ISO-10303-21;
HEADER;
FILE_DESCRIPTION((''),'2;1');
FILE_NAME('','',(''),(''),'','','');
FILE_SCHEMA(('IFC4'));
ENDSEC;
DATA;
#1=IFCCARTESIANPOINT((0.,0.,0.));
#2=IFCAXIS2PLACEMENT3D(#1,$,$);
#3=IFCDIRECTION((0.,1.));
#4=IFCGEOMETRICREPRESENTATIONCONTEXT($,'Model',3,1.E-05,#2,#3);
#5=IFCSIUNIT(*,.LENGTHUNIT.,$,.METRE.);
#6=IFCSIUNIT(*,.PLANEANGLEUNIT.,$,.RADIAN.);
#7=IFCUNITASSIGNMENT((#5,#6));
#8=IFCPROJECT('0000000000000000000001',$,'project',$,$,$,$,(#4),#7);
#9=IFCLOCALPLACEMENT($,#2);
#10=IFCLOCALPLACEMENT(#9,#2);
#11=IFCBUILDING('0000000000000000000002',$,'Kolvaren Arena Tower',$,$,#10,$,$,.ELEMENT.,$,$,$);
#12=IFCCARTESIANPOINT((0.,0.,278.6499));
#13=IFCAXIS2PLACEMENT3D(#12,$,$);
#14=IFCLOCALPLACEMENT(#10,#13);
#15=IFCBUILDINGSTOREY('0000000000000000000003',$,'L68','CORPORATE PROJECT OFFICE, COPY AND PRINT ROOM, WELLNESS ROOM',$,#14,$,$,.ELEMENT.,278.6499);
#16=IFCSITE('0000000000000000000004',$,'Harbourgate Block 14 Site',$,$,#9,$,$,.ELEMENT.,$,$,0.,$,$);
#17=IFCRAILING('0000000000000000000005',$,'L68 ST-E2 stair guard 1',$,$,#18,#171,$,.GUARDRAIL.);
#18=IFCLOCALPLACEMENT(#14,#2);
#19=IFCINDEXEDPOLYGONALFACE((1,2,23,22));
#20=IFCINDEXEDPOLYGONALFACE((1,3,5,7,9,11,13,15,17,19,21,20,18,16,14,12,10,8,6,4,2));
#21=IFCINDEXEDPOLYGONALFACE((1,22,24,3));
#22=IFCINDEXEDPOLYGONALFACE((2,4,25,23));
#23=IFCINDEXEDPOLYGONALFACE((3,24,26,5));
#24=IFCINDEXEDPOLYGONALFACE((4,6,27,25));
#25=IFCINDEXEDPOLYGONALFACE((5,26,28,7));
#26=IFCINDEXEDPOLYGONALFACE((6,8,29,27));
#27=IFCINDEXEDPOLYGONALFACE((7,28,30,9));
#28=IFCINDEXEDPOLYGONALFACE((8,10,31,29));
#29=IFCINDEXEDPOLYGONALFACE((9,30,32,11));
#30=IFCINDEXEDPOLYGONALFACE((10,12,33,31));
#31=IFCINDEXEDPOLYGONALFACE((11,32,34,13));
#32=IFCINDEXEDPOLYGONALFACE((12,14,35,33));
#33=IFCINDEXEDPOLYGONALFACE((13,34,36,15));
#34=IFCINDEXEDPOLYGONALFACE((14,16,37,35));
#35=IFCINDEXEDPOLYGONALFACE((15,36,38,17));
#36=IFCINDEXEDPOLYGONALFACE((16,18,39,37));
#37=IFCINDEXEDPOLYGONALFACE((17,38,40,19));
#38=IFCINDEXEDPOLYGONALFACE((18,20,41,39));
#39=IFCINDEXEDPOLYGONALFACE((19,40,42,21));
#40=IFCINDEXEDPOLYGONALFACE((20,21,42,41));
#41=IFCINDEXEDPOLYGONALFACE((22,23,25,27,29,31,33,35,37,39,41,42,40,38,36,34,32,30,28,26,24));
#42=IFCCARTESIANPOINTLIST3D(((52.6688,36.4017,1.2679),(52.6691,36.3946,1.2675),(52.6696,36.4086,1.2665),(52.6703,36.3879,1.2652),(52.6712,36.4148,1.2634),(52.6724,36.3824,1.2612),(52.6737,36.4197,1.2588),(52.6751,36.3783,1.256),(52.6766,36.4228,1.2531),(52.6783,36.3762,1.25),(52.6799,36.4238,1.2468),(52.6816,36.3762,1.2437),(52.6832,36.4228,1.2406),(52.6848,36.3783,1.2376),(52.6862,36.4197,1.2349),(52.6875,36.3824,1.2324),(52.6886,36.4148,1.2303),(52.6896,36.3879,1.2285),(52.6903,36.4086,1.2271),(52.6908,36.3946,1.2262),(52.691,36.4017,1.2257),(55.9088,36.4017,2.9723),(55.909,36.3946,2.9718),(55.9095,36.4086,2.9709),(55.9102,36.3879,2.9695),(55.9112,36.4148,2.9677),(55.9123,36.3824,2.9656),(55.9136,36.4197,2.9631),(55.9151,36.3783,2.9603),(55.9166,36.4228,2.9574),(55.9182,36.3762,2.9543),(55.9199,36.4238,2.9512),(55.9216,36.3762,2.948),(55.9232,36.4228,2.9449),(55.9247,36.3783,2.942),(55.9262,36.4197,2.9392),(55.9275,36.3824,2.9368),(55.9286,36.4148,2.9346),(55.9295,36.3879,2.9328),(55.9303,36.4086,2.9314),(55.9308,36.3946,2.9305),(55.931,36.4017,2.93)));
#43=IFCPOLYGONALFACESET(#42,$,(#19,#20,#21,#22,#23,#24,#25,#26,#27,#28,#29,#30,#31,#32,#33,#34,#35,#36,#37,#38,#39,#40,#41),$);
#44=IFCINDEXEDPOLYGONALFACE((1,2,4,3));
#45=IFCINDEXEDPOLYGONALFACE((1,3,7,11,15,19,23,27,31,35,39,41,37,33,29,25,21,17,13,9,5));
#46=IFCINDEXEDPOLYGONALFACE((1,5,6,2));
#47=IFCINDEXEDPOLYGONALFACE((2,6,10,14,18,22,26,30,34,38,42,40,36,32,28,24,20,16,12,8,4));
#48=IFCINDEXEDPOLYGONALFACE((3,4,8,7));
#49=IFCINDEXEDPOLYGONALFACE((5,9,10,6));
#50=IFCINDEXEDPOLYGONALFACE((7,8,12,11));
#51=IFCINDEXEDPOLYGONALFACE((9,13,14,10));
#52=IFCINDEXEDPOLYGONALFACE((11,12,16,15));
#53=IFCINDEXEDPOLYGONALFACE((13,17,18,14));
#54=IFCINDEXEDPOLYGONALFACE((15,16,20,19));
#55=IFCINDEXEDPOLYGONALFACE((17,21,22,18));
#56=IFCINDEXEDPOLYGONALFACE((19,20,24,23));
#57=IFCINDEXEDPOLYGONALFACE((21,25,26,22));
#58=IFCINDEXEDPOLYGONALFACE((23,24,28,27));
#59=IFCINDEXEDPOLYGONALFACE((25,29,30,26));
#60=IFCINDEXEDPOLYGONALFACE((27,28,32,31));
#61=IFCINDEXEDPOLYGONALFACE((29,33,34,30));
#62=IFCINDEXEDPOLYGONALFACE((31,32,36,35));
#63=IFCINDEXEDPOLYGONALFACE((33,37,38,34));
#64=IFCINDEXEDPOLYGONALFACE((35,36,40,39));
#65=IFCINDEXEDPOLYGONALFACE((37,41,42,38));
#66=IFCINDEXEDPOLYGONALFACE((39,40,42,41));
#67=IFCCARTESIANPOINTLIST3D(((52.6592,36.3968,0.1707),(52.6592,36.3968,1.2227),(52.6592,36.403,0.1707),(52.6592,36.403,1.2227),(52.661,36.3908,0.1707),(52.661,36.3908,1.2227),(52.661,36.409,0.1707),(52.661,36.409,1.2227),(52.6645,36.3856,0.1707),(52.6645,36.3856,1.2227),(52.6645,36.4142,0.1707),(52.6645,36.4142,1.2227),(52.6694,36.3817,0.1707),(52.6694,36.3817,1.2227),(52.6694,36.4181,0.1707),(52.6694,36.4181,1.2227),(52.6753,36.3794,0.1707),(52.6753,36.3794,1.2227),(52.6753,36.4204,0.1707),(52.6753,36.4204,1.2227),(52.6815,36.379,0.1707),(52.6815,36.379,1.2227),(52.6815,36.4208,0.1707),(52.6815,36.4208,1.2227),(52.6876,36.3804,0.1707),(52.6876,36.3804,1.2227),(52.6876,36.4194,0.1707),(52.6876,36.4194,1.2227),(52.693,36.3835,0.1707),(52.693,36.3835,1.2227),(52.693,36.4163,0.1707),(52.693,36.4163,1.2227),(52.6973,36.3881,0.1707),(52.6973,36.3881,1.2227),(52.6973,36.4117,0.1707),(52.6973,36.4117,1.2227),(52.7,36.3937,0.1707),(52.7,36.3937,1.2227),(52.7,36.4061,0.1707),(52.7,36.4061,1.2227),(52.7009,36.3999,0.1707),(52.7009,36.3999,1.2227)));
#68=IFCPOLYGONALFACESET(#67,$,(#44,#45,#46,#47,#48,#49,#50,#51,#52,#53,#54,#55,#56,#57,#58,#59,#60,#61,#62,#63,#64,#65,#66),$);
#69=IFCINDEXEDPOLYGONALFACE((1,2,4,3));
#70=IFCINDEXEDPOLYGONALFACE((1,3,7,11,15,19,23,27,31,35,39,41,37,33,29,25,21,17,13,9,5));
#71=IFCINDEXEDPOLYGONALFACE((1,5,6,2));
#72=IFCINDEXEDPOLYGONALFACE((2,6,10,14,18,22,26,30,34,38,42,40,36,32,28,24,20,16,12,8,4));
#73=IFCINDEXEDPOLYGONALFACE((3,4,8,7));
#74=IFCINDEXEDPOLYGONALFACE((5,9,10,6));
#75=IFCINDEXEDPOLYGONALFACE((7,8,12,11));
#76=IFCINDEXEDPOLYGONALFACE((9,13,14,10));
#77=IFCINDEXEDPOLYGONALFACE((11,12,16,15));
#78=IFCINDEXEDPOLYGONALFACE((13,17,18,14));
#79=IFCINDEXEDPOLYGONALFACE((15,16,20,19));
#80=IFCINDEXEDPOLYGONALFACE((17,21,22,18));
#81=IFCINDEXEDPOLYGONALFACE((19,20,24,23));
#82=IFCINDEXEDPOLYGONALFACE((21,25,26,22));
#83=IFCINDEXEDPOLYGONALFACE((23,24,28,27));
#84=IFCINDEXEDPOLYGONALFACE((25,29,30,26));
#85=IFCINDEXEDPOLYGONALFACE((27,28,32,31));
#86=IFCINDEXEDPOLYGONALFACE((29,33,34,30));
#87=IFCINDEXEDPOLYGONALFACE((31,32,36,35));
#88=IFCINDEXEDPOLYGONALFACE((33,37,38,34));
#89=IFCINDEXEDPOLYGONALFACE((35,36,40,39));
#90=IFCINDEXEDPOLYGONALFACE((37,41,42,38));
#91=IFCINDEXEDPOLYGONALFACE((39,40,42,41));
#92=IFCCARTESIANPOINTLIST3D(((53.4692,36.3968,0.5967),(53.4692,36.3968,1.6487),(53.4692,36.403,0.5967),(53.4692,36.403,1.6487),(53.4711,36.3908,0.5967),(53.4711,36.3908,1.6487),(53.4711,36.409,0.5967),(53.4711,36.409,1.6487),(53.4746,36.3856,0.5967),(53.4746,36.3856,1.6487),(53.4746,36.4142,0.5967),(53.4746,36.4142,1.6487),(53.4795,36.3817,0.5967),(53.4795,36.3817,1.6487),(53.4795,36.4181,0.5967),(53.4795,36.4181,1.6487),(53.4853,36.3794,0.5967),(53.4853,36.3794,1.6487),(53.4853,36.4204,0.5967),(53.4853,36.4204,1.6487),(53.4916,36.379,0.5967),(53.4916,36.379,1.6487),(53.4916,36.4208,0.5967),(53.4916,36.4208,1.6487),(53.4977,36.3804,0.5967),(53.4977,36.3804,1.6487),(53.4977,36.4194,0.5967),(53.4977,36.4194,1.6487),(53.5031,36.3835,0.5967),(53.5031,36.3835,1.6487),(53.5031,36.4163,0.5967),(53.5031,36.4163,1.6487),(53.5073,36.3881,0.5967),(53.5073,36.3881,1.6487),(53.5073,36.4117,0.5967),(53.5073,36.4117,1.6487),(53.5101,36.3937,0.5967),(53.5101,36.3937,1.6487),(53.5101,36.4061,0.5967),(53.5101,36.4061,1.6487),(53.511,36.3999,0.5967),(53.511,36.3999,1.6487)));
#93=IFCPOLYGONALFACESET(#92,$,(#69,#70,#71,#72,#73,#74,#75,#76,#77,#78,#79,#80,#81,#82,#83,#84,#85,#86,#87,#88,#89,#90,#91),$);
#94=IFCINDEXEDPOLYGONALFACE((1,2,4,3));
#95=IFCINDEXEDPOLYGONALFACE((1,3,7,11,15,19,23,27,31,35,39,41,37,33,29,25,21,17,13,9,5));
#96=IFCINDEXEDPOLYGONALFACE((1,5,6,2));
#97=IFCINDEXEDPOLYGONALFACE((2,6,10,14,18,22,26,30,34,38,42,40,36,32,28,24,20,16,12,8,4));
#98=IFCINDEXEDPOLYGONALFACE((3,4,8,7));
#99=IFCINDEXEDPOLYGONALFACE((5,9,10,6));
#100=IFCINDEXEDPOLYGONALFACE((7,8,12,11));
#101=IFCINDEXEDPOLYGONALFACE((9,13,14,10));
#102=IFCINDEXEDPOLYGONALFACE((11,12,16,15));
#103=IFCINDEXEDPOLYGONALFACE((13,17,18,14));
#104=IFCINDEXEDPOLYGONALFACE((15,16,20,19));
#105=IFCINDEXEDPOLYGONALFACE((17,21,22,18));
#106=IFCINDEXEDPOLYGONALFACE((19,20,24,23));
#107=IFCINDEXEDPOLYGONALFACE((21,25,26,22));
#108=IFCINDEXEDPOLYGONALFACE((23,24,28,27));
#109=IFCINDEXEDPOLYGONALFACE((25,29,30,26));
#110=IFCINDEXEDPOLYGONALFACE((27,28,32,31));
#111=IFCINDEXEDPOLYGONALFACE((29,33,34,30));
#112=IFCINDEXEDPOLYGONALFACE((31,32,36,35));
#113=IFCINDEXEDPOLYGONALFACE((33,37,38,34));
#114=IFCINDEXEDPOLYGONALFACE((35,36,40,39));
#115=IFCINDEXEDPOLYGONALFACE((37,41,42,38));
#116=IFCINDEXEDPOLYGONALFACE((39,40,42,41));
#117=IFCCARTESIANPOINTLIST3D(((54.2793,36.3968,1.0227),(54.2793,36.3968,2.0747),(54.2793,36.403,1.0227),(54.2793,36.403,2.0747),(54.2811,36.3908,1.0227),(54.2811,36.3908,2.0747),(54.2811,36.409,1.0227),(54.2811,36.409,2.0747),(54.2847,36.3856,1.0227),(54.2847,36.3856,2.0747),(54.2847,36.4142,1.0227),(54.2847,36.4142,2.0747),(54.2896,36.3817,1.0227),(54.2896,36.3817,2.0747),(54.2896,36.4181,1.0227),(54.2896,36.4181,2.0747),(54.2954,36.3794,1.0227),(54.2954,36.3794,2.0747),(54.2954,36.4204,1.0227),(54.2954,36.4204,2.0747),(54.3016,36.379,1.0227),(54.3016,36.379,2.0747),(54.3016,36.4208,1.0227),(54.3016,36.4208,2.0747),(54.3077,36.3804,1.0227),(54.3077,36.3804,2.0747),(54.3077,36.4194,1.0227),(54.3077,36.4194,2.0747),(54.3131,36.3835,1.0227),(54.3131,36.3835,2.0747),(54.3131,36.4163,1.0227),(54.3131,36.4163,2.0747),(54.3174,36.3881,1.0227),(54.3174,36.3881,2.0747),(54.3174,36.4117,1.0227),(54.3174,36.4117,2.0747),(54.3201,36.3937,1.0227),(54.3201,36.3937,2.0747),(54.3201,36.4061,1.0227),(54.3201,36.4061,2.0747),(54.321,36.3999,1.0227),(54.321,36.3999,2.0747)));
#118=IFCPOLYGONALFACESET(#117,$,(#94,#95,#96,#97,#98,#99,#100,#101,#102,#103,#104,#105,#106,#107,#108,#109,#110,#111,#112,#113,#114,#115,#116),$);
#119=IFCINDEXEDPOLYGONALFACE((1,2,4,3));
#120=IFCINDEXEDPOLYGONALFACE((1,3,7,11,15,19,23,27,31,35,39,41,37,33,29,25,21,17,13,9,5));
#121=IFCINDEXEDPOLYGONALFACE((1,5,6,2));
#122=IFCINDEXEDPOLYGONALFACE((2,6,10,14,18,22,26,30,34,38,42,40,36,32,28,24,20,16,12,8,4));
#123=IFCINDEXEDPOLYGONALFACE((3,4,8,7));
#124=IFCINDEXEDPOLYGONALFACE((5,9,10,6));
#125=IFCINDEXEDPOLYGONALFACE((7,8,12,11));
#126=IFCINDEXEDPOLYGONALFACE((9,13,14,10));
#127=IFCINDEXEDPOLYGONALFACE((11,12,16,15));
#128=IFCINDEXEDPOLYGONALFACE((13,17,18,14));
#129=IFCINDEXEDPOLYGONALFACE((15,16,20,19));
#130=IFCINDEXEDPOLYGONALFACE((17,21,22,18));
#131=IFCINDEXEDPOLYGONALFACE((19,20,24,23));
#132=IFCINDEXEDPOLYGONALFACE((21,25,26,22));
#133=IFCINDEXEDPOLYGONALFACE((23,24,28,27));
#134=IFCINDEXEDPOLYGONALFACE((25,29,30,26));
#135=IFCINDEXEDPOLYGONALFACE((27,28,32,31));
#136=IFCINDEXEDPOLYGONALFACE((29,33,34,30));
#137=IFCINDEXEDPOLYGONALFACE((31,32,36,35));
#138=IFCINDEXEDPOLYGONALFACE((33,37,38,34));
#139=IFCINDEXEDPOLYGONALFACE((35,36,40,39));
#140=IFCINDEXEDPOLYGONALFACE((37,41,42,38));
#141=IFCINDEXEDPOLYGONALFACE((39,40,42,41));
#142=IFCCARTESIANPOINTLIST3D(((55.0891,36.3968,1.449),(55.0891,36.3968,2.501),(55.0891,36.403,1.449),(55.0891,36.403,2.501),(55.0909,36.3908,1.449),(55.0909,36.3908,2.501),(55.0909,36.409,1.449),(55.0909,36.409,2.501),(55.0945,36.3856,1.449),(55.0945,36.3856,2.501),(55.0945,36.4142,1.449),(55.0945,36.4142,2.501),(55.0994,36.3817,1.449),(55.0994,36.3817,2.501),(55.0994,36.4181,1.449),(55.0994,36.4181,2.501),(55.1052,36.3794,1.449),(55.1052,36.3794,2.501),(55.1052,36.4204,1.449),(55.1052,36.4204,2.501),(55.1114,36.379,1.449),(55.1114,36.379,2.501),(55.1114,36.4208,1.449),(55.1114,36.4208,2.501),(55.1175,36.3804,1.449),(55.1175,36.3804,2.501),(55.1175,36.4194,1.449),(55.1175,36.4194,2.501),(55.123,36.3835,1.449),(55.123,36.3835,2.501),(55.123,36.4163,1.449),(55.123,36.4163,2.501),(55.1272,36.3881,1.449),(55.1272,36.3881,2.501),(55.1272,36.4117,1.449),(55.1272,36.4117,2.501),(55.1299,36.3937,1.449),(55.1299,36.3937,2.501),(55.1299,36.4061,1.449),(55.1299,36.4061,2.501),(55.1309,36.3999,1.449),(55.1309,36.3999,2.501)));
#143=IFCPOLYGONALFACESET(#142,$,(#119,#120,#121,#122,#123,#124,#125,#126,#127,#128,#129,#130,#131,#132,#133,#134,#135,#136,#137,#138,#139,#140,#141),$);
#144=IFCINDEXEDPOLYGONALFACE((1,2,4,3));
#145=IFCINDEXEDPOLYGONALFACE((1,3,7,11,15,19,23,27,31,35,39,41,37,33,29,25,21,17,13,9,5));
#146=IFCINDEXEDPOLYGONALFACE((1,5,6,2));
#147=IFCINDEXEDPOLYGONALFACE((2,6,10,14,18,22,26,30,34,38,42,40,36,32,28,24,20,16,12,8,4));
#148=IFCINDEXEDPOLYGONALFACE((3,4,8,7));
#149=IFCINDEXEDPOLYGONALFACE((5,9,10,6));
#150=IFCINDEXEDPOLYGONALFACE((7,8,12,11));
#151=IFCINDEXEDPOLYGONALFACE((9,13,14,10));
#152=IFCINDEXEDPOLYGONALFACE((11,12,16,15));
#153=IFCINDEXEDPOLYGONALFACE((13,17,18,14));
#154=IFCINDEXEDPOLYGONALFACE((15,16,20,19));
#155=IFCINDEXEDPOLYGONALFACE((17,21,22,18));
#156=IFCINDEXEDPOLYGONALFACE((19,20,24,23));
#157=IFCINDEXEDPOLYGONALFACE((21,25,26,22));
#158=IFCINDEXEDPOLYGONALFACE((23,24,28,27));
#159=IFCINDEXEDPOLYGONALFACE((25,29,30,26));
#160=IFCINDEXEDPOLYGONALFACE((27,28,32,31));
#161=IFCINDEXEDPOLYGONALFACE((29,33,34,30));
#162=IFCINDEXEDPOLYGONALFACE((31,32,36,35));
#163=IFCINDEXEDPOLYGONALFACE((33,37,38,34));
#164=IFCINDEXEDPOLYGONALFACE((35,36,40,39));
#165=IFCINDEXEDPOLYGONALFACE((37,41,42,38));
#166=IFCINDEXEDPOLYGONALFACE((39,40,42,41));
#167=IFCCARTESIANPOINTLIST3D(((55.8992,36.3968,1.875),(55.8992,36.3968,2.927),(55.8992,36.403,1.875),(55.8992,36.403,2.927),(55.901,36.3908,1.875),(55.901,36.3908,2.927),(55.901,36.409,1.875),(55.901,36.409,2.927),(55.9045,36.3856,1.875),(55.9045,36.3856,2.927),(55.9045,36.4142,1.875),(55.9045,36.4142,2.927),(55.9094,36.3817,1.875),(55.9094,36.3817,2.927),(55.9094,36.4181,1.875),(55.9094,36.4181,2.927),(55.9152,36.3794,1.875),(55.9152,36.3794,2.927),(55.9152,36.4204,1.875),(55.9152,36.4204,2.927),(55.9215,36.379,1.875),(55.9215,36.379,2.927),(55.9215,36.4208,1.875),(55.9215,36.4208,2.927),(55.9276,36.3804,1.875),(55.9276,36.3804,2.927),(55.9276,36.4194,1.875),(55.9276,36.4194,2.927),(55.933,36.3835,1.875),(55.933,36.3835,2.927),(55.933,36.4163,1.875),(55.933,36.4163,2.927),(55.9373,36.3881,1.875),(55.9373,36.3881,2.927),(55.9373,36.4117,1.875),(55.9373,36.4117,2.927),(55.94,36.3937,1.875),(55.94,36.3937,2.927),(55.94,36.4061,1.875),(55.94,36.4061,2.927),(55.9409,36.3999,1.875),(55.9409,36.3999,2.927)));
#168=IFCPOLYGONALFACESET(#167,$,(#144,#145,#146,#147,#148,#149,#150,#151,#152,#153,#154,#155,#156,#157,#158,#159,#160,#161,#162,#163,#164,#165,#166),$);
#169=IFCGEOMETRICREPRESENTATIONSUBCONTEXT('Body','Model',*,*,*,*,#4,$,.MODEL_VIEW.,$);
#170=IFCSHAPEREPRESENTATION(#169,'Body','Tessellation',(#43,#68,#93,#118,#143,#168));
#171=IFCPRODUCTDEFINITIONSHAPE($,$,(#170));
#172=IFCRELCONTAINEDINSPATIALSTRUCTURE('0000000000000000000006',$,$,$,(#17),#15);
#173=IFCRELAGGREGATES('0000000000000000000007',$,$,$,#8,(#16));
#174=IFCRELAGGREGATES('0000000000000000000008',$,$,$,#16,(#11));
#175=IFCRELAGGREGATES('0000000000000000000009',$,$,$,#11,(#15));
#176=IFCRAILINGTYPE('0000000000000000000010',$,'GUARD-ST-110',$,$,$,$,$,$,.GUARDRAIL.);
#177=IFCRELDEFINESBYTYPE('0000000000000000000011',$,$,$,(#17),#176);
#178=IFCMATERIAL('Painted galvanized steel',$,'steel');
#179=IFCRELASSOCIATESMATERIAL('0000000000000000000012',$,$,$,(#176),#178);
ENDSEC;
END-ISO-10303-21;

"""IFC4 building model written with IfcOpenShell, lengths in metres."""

from ifc_helpers import new_model, si_unit, direction, frame, origin, origin_2d, place, context, subcontext, project, spatial, circle, extrude, material, type_object, element, save


model = new_model("IFC4")

# Units and contexts
model_context = context("Model", 3, precision=1e-05, world=origin(), true_north=direction((0.0, 1.0)))
body_context = subcontext(model_context, "Body", "Model", "MODEL_VIEW")
ifc_project = project(units=[si_unit("LENGTHUNIT", "METRE"), si_unit("PLANEANGLEUNIT", "RADIAN")], contexts=[model_context])

# Site, building, storey
site_placement = place(None, origin())
site = spatial("IfcSite", under=ifc_project, at=site_placement, Name="Harbourgate Block 14 Site", CompositionType="ELEMENT", RefElevation=0.0)
building_placement = place(site_placement, origin())
building = spatial("IfcBuilding", under=site, at=building_placement, Name="Kolvaren Arena Tower", CompositionType="ELEMENT")
storey_placement = place(building_placement, frame((0.0, 0.0, 278.6499)))
storey = spatial("IfcBuildingStorey", under=building, at=storey_placement, Name="L68", Description="CORPORATE PROJECT OFFICE, COPY AND PRINT ROOM, WELLNESS ROOM", CompositionType="ELEMENT", Elevation=278.6499)

# Railing
ifc_material_1 = material(Name="Painted galvanized steel", Category="steel")
railing_type_1 = type_object("IfcRailingType", Name="GUARD-ST-110", PredefinedType="GUARDRAIL", material=ifc_material_1)
railing_1_placement = place(storey_placement, frame((52.6799, 36.3999, 0.1707)))
element("IfcRailing", 1, at=railing_1_placement, inside=storey, type_object=railing_type_1, Name="L68 ST-E2 stair guard 1", PredefinedType="GUARDRAIL", context=body_context, shape_type="SweptSolid", body=[
    extrude(circle(Radius=0.0239, at=origin_2d()), frame((0.0, 0.0, 1.0762), z_axis=(0.885021, 0.0, 0.465551), x_axis=(0.0, 1.0, 0.0)), (0.0, 0.0, 1.0), 3.6609),
    extrude(circle(Radius=0.021, at=origin_2d()), origin(), (0.0, 0.0, 1.0), 1.052),
    extrude(circle(Radius=0.021, at=origin_2d()), frame((0.8101, 0.0, 0.426)), (0.0, 0.0, 1.0), 1.052),
    extrude(circle(Radius=0.021, at=origin_2d()), frame((1.6201, 0.0, 0.8521)), (0.0, 0.0, 1.0), 1.052),
    extrude(circle(Radius=0.021, at=origin_2d()), frame((2.4299, 0.0, 1.2783)), (0.0, 0.0, 1.0), 1.052),
    extrude(circle(Radius=0.021, at=origin_2d()), frame((3.24, 0.0, 1.7043)), (0.0, 0.0, 1.0), 1.052),
])

save(model, "model.ifc")
